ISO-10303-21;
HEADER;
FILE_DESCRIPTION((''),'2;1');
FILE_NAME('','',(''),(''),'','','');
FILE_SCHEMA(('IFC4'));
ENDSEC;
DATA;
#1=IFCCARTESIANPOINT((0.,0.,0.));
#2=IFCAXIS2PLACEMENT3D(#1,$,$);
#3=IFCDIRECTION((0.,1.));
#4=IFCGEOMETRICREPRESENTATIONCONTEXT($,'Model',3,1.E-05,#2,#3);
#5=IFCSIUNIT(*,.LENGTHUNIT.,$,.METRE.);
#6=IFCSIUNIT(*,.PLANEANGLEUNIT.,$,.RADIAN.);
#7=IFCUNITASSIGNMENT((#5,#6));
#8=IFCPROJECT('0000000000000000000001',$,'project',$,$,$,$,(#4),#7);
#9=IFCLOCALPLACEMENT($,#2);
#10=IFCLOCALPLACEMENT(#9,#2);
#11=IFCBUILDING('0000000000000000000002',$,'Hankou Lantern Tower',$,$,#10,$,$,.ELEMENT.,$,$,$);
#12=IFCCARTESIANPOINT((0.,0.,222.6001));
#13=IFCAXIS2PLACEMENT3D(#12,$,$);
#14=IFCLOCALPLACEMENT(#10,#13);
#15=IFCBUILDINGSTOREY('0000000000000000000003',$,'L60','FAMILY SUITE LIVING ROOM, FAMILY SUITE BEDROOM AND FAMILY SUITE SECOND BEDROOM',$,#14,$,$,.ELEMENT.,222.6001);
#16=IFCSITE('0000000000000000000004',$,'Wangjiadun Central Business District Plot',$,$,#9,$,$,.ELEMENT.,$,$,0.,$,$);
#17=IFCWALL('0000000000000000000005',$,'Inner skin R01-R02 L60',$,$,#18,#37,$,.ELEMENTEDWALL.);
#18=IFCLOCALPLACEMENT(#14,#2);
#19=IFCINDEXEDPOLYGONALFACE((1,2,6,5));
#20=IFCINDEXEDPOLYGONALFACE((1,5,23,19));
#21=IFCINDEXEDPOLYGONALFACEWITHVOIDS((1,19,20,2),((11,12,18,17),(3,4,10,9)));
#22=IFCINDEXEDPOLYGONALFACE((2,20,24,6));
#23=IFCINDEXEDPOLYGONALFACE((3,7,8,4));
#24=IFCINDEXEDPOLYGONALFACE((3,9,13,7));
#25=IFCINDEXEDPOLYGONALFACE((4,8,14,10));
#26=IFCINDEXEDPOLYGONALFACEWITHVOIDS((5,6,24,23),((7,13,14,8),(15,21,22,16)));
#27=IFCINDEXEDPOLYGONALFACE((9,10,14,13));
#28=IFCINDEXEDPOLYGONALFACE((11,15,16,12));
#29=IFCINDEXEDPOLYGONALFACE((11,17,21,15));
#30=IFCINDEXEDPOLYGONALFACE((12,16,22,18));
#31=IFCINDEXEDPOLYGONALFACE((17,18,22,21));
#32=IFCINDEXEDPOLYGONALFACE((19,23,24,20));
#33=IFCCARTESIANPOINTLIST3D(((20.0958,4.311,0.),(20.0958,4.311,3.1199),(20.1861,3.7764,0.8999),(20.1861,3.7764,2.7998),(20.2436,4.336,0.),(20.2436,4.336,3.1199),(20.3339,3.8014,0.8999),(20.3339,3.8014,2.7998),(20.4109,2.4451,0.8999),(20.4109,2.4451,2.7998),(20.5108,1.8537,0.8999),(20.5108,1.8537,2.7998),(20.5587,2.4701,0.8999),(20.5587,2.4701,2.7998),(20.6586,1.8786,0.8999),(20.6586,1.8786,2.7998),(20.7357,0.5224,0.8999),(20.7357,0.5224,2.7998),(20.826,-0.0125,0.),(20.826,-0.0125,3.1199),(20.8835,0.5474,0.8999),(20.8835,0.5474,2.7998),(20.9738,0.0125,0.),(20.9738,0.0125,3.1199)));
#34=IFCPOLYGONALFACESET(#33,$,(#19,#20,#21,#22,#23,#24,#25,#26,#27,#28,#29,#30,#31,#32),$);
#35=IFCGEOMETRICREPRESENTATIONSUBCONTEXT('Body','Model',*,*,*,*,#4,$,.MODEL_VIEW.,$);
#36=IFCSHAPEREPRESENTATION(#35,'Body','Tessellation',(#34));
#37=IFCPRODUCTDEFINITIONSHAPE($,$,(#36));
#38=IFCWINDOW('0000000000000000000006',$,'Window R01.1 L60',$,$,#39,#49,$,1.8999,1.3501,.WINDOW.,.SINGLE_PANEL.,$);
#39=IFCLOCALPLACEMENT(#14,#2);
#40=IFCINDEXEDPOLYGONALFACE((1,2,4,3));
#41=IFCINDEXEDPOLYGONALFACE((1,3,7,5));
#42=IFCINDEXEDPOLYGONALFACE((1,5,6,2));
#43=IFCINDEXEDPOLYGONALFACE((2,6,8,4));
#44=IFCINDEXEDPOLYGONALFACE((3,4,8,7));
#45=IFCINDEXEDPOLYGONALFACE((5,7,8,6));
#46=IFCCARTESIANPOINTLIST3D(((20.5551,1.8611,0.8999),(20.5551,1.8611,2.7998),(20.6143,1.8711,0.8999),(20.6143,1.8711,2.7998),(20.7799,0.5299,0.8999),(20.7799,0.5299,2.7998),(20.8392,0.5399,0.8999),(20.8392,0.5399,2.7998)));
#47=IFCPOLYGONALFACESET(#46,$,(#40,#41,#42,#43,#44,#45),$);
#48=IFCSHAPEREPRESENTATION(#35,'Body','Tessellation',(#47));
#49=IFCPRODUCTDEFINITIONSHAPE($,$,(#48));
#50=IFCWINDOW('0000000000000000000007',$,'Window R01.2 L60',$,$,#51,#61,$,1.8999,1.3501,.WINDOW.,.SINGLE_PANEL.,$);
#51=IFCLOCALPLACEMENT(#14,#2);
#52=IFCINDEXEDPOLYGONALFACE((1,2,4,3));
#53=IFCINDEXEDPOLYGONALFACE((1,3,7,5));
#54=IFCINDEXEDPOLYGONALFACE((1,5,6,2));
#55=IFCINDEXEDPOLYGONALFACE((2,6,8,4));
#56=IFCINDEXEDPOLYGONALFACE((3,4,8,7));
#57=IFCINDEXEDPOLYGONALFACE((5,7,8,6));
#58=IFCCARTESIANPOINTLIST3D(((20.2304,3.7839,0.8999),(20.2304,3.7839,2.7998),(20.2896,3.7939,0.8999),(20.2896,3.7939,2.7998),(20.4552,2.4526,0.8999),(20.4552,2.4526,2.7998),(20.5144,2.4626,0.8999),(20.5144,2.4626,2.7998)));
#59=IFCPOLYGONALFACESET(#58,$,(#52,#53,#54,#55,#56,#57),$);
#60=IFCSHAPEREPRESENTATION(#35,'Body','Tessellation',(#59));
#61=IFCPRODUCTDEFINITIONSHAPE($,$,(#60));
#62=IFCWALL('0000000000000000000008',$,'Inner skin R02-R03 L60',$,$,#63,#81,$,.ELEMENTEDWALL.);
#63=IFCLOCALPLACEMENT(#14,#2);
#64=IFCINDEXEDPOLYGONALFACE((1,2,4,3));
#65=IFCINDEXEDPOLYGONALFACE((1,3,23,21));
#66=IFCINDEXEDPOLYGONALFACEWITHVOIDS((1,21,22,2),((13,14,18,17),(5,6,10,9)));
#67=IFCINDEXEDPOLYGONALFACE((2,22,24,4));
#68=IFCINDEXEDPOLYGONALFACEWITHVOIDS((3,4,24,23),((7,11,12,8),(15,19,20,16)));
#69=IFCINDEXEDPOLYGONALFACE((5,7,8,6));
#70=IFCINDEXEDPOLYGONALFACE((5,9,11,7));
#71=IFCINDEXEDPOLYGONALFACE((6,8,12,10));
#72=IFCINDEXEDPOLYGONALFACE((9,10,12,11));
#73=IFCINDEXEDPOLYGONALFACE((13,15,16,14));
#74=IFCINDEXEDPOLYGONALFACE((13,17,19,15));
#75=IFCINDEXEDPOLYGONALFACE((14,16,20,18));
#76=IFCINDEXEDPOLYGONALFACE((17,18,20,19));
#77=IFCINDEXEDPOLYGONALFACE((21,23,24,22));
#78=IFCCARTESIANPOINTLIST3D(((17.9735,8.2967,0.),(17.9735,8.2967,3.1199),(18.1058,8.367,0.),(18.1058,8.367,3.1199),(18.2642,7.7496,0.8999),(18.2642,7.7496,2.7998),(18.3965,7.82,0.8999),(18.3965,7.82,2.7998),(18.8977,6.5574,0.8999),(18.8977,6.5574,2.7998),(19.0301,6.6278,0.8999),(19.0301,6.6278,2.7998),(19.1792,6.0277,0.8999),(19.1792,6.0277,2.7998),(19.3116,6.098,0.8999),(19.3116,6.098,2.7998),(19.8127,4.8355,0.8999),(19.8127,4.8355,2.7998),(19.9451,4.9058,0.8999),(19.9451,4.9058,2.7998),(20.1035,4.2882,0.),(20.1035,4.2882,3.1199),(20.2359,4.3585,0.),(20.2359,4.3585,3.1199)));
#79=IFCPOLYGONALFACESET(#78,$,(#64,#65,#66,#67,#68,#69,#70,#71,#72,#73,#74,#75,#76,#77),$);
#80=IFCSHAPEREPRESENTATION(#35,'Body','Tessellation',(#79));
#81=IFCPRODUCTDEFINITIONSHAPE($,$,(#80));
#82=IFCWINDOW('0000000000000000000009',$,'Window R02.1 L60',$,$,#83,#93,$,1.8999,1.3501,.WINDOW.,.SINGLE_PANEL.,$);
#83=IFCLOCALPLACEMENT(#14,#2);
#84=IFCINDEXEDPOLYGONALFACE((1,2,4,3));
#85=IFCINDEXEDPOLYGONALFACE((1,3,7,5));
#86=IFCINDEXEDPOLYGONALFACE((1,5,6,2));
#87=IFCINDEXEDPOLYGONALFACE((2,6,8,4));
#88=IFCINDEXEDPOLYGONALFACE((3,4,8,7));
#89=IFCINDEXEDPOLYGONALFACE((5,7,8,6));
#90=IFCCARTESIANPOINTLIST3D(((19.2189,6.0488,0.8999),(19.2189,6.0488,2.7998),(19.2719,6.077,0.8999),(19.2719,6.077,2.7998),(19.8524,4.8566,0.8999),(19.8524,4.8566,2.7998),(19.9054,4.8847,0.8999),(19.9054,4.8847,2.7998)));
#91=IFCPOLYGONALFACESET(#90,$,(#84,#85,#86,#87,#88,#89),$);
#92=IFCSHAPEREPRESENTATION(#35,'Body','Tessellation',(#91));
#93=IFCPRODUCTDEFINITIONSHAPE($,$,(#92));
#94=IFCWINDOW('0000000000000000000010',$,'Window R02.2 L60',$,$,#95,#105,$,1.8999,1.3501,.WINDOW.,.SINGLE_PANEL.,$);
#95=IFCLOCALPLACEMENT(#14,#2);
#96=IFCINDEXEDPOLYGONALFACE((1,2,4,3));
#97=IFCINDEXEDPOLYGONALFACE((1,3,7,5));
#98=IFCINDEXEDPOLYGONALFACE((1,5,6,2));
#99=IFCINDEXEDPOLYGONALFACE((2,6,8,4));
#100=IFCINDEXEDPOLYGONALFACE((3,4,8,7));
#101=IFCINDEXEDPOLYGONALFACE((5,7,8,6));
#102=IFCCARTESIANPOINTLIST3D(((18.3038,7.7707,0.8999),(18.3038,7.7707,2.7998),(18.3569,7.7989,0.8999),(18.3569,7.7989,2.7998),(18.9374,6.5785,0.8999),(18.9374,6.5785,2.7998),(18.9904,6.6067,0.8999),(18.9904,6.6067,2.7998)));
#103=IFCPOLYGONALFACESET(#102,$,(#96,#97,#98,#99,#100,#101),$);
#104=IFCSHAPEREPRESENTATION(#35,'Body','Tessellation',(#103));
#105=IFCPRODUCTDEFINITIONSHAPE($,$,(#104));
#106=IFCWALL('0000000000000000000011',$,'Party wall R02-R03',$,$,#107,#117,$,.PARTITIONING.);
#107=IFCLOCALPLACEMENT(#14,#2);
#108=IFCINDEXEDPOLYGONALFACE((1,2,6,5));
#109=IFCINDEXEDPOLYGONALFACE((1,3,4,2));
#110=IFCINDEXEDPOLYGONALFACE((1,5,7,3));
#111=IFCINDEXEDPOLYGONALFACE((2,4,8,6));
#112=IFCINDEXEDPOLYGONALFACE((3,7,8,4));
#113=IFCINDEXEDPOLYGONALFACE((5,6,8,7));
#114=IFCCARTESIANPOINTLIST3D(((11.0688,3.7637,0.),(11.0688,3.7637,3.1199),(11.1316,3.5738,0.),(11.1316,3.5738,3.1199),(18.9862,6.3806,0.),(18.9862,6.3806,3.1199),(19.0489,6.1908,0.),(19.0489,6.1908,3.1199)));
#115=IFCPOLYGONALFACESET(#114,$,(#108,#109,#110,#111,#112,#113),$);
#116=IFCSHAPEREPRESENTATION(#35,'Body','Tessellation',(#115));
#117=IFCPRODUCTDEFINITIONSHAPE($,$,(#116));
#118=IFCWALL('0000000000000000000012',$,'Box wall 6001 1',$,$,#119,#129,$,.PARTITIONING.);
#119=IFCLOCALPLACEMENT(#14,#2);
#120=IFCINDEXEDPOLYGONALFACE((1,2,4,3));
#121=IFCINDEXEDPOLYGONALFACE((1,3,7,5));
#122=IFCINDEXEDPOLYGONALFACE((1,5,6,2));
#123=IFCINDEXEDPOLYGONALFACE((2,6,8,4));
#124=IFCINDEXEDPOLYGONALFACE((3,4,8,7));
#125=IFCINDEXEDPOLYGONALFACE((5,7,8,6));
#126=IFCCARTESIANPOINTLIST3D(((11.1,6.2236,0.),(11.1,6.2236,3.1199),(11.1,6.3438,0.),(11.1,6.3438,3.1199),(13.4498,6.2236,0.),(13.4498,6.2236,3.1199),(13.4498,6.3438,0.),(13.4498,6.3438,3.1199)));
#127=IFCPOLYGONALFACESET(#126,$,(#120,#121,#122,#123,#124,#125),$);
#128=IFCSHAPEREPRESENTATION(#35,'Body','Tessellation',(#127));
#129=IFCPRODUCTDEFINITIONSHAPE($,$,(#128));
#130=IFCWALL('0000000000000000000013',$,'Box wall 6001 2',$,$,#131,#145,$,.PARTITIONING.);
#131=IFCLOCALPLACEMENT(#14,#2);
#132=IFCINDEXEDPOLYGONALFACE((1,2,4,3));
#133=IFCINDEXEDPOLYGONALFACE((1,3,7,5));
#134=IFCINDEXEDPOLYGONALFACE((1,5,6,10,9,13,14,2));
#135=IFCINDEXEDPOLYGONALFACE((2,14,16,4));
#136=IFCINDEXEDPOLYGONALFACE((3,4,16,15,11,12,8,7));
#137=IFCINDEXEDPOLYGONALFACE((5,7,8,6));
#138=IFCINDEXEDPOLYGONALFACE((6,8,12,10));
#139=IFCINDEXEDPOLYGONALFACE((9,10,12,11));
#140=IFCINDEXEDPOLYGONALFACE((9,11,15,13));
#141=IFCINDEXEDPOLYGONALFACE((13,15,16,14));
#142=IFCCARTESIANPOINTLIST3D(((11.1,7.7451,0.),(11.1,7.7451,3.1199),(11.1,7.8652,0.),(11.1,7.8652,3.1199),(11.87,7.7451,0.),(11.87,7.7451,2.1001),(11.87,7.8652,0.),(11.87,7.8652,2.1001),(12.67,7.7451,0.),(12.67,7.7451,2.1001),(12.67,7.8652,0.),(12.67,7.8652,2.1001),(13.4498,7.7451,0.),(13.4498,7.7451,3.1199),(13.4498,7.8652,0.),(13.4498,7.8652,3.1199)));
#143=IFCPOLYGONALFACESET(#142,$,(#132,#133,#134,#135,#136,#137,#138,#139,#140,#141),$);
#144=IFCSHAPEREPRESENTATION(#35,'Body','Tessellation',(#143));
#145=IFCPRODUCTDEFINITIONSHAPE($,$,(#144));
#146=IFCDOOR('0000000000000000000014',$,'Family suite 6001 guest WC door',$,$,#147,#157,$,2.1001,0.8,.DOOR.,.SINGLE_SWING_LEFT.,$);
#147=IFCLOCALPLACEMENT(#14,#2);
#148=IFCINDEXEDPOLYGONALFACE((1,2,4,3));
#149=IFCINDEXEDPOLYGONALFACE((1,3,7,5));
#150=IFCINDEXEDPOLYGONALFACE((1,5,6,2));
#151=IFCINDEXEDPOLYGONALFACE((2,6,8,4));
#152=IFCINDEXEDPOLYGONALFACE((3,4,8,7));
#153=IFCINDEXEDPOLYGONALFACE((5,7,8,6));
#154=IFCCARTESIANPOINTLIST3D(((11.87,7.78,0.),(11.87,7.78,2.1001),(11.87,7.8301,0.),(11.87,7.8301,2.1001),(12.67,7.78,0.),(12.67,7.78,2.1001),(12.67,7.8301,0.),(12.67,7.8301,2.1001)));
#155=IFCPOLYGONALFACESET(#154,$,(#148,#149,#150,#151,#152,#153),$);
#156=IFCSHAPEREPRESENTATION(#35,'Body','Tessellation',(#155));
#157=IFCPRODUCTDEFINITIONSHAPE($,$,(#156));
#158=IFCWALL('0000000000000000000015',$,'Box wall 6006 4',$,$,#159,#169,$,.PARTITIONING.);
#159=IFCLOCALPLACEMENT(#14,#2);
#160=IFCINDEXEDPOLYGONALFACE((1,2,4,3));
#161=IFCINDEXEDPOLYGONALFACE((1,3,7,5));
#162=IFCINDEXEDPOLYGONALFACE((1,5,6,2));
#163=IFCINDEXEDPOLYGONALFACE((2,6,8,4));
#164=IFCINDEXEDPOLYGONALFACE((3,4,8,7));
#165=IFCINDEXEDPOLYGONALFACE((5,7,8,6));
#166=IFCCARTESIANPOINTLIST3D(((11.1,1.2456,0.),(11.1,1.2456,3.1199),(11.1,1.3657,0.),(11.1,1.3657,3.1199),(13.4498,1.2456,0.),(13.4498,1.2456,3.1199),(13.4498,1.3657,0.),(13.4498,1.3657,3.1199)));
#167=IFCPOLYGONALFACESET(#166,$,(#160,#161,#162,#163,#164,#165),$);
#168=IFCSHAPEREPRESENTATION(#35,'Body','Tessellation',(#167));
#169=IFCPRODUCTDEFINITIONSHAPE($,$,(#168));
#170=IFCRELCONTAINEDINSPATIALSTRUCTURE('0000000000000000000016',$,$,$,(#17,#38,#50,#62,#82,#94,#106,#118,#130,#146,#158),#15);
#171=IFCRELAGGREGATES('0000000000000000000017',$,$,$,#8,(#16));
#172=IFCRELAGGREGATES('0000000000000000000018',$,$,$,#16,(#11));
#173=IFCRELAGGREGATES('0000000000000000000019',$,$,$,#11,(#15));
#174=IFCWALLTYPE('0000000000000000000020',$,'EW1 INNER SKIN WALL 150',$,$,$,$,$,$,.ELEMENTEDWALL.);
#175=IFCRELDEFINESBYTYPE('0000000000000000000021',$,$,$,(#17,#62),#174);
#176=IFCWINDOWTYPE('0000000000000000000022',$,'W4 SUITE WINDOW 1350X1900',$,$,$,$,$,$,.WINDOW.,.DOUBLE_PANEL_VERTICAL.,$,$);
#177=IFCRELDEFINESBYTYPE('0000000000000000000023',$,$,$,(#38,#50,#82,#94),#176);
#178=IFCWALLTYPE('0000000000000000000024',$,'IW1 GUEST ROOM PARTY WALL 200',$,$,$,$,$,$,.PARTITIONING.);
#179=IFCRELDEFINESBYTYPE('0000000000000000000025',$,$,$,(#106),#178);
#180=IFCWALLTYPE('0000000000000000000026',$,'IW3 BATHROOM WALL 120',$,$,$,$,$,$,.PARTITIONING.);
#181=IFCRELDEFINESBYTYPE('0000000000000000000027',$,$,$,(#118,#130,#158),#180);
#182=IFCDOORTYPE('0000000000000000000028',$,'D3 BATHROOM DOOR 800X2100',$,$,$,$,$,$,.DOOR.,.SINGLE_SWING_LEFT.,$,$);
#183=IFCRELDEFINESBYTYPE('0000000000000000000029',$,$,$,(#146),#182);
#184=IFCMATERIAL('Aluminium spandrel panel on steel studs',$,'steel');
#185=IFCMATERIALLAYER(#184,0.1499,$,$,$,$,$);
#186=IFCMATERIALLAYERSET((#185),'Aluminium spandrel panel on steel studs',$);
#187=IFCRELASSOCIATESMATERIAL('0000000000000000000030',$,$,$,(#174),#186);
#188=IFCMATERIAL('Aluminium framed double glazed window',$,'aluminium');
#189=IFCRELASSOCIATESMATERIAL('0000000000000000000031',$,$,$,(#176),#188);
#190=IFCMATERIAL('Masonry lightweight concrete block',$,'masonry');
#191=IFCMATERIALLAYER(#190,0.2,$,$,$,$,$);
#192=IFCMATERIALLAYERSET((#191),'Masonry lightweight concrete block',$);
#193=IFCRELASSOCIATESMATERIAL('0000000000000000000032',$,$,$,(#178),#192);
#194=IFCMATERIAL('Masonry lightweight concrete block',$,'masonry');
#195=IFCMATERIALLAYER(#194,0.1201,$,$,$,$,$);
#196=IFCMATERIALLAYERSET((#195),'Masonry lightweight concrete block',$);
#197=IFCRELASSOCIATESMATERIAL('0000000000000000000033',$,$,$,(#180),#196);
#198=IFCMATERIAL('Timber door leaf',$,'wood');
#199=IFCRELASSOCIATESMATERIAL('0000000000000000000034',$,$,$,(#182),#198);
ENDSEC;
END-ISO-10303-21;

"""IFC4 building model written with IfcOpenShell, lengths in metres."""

from ifc_helpers import new_model, si_unit, direction, frame, frame_2d, origin, place, context, subcontext, project, spatial, rectangle, extrude, material, layer, layer_set, type_object, element, fill, save


model = new_model("IFC4")

# Units and contexts
model_context = context("Model", 3, precision=1e-05, world=origin(), true_north=direction((0.0, 1.0)))
body_context = subcontext(model_context, "Body", "Model", "MODEL_VIEW")
ifc_project = project(units=[si_unit("LENGTHUNIT", "METRE"), si_unit("PLANEANGLEUNIT", "RADIAN")], contexts=[model_context])

# Site, building, storey
site_placement = place(None, origin())
site = spatial("IfcSite", under=ifc_project, at=site_placement, Name="Wangjiadun Central Business District Plot", CompositionType="ELEMENT", RefElevation=0.0)
building_placement = place(site_placement, origin())
building = spatial("IfcBuilding", under=site, at=building_placement, Name="Hankou Lantern Tower", CompositionType="ELEMENT")
storey_placement = place(building_placement, frame((0.0, 0.0, 222.6001)))
storey = spatial("IfcBuildingStorey", under=building, at=storey_placement, Name="L60", Description="FAMILY SUITE LIVING ROOM, FAMILY SUITE BEDROOM AND FAMILY SUITE SECOND BEDROOM", CompositionType="ELEMENT", Elevation=222.6001)

# Walls, openings, windows
ifc_material_1 = material(Name="Aluminium spandrel panel on steel studs", Category="steel")
ifc_layer_1 = layer(ifc_material_1, 0.1499)
ifc_layer_set_1 = layer_set([ifc_layer_1], Name="Aluminium spandrel panel on steel studs")
wall_type_1 = type_object("IfcWallType", Name="EW1 INNER SKIN WALL 150", PredefinedType="ELEMENTEDWALL", material=ifc_layer_set_1)
wall_1_placement = place(storey_placement, frame((20.8999, 0.0, 0.0), z_axis=(0.0, 0.0, 1.0), x_axis=(-0.166539, 0.986035, 0.0)))
wall_1 = element("IfcWall", 1, at=wall_1_placement, inside=storey, type_object=wall_type_1, Name="Inner skin R01-R02 L60", PredefinedType="ELEMENTEDWALL", context=body_context, shape_type="SweptSolid", body=[
    extrude(rectangle(XDim=4.3848, YDim=0.1499, at=frame_2d((2.1924, 0.0))), origin(), (0.0, 0.0, 1.0), 3.1199),
])
opening_1_placement = place(wall_1_placement, frame((0.5425, 0.0, 0.8999)))
opening_1 = element("IfcOpeningElement", 2, at=opening_1_placement, cuts=wall_1, PredefinedType="OPENING", context=body_context, shape_type="SweptSolid", body=[
    extrude(rectangle(XDim=1.3501, YDim=1.8999, at=frame_2d((0.675, 0.95))), frame((0.0, 0.085, 0.0), z_axis=(0.0, -1.0, 0.0), x_axis=(1.0, 0.0, 0.0)), (0.0, 0.0, 1.0), 0.1699),
])
opening_2_placement = place(wall_1_placement, frame((2.4924, 0.0, 0.8999)))
opening_2 = element("IfcOpeningElement", 3, at=opening_2_placement, cuts=wall_1, PredefinedType="OPENING", context=body_context, shape_type="SweptSolid", body=[
    extrude(rectangle(XDim=1.3501, YDim=1.8999, at=frame_2d((0.675, 0.95))), frame((0.0, 0.085, 0.0), z_axis=(0.0, -1.0, 0.0), x_axis=(1.0, 0.0, 0.0)), (0.0, 0.0, 1.0), 0.1699),
])
ifc_material_2 = material(Name="Aluminium framed double glazed window", Category="aluminium")
window_type = type_object("IfcWindowType", Name="W4 SUITE WINDOW 1350X1900", PartitioningType="DOUBLE_PANEL_VERTICAL", PredefinedType="WINDOW", material=ifc_material_2)
window_1_placement = place(opening_1_placement, origin())
window_1 = element("IfcWindow", 4, at=window_1_placement, inside=storey, type_object=window_type, Name="Window R01.1 L60", OverallHeight=1.8999, OverallWidth=1.3501, PartitioningType="SINGLE_PANEL", PredefinedType="WINDOW", context=body_context, shape_type="SweptSolid", body=[
    extrude(rectangle(XDim=1.3501, YDim=1.8999, at=frame_2d((0.675, 0.95))), frame((0.0, 0.03, 0.0), z_axis=(0.0, -1.0, 0.0), x_axis=(1.0, 0.0, 0.0)), (0.0, 0.0, 1.0), 0.0601),
])
fill(opening_1, window_1)
window_2_placement = place(opening_2_placement, origin())
window_2 = element("IfcWindow", 5, at=window_2_placement, inside=storey, type_object=window_type, Name="Window R01.2 L60", OverallHeight=1.8999, OverallWidth=1.3501, PartitioningType="SINGLE_PANEL", PredefinedType="WINDOW", context=body_context, shape_type="SweptSolid", body=[
    extrude(rectangle(XDim=1.3501, YDim=1.8999, at=frame_2d((0.675, 0.95))), frame((0.0, 0.03, 0.0), z_axis=(0.0, -1.0, 0.0), x_axis=(1.0, 0.0, 0.0)), (0.0, 0.0, 1.0), 0.0601),
])
fill(opening_2, window_2)
wall_2_placement = place(storey_placement, frame((20.1697, 4.3235, 0.0), z_axis=(0.0, 0.0, 1.0), x_axis=(-0.469256, 0.883062, 0.0)))
wall_2 = element("IfcWall", 6, at=wall_2_placement, inside=storey, type_object=wall_type_1, Name="Inner skin R02-R03 L60", PredefinedType="ELEMENTEDWALL", context=body_context, shape_type="SweptSolid", body=[
    extrude(rectangle(XDim=4.5393, YDim=0.1499, at=frame_2d((2.2695, 0.0))), origin(), (0.0, 0.0, 1.0), 3.1199),
])
opening_3_placement = place(wall_2_placement, frame((0.6196, 0.0, 0.8999)))
opening_3 = element("IfcOpeningElement", 7, at=opening_3_placement, cuts=wall_2, PredefinedType="OPENING", context=body_context, shape_type="SweptSolid", body=[
    extrude(rectangle(XDim=1.3501, YDim=1.8999, at=frame_2d((0.675, 0.95))), frame((0.0, 0.085, 0.0), z_axis=(0.0, -1.0, 0.0), x_axis=(1.0, 0.0, 0.0)), (0.0, 0.0, 1.0), 0.1699),
])
opening_4_placement = place(wall_2_placement, frame((2.5696, 0.0, 0.8999)))
opening_4 = element("IfcOpeningElement", 8, at=opening_4_placement, cuts=wall_2, PredefinedType="OPENING", context=body_context, shape_type="SweptSolid", body=[
    extrude(rectangle(XDim=1.3501, YDim=1.8999, at=frame_2d((0.675, 0.95))), frame((0.0, 0.085, 0.0), z_axis=(0.0, -1.0, 0.0), x_axis=(1.0, 0.0, 0.0)), (0.0, 0.0, 1.0), 0.1699),
])
window_3_placement = place(opening_3_placement, origin())
window_3 = element("IfcWindow", 9, at=window_3_placement, inside=storey, type_object=window_type, Name="Window R02.1 L60", OverallHeight=1.8999, OverallWidth=1.3501, PartitioningType="SINGLE_PANEL", PredefinedType="WINDOW", context=body_context, shape_type="SweptSolid", body=[
    extrude(rectangle(XDim=1.3501, YDim=1.8999, at=frame_2d((0.675, 0.95))), frame((0.0, 0.03, 0.0), z_axis=(0.0, -1.0, 0.0), x_axis=(1.0, 0.0, 0.0)), (0.0, 0.0, 1.0), 0.0601),
])
fill(opening_3, window_3)
window_4_placement = place(opening_4_placement, origin())
window_4 = element("IfcWindow", 10, at=window_4_placement, inside=storey, type_object=window_type, Name="Window R02.2 L60", OverallHeight=1.8999, OverallWidth=1.3501, PartitioningType="SINGLE_PANEL", PredefinedType="WINDOW", context=body_context, shape_type="SweptSolid", body=[
    extrude(rectangle(XDim=1.3501, YDim=1.8999, at=frame_2d((0.675, 0.95))), frame((0.0, 0.03, 0.0), z_axis=(0.0, -1.0, 0.0), x_axis=(1.0, 0.0, 0.0)), (0.0, 0.0, 1.0), 0.0601),
])
fill(opening_4, window_4)

# Walls
ifc_material_3 = material(Name="Masonry lightweight concrete block", Category="masonry")
ifc_layer_2 = layer(ifc_material_3, 0.2)
ifc_layer_set_2 = layer_set([ifc_layer_2], Name="Masonry lightweight concrete block")
wall_type_2 = type_object("IfcWallType", Name="IW1 GUEST ROOM PARTY WALL 200", PredefinedType="PARTITIONING", material=ifc_layer_set_2)
wall_3_placement = place(storey_placement, frame((11.1001, 3.6687, 0.0), z_axis=(0.0, 0.0, 1.0), x_axis=(0.949477, 0.313838, 0.0)))
element("IfcWall", 11, at=wall_3_placement, inside=storey, type_object=wall_type_2, Name="Party wall R02-R03", PredefinedType="PARTITIONING", context=body_context, shape_type="SweptSolid", body=[
    extrude(rectangle(XDim=8.3386, YDim=0.2, at=frame_2d((4.1694, 0.0))), origin(), (0.0, 0.0, 1.0), 3.1199),
])
ifc_material_4 = material(Name="Masonry lightweight concrete block", Category="masonry")
ifc_layer_3 = layer(ifc_material_4, 0.1201)
ifc_layer_set_3 = layer_set([ifc_layer_3], Name="Masonry lightweight concrete block")
wall_type_3 = type_object("IfcWallType", Name="IW3 BATHROOM WALL 120", PredefinedType="PARTITIONING", material=ifc_layer_set_3)
wall_4_placement = place(storey_placement, frame((11.1001, 6.2837, 0.0), z_axis=(0.0, 0.0, 1.0), x_axis=(1.0, 0.0, 0.0)))
element("IfcWall", 12, at=wall_4_placement, inside=storey, type_object=wall_type_3, Name="Box wall 6001 1", PredefinedType="PARTITIONING", context=body_context, shape_type="SweptSolid", body=[
    extrude(rectangle(XDim=2.3499, YDim=0.1201, at=frame_2d((1.1748, 0.0))), origin(), (0.0, 0.0, 1.0), 3.1199),
])

# Wall, opening, door
wall_5_placement = place(storey_placement, frame((11.1001, 7.8052, 0.0), z_axis=(0.0, 0.0, 1.0), x_axis=(1.0, 0.0, 0.0)))
wall_5 = element("IfcWall", 13, at=wall_5_placement, inside=storey, type_object=wall_type_3, Name="Box wall 6001 2", PredefinedType="PARTITIONING", context=body_context, shape_type="SweptSolid", body=[
    extrude(rectangle(XDim=2.3499, YDim=0.1201, at=frame_2d((1.1748, 0.0))), origin(), (0.0, 0.0, 1.0), 3.1199),
])
opening_5_placement = place(wall_5_placement, frame((0.77, 0.0, 0.0)))
opening_5 = element("IfcOpeningElement", 14, at=opening_5_placement, cuts=wall_5, PredefinedType="OPENING", context=body_context, shape_type="SweptSolid", body=[
    extrude(rectangle(XDim=0.8, YDim=2.1001, at=frame_2d((0.3999, 1.05))), frame((0.0, 0.0701, 0.0), z_axis=(0.0, -1.0, 0.0), x_axis=(1.0, 0.0, 0.0)), (0.0, 0.0, 1.0), 0.1401),
])
ifc_material_5 = material(Name="Timber door leaf", Category="wood")
door_type_1 = type_object("IfcDoorType", Name="D3 BATHROOM DOOR 800X2100", OperationType="SINGLE_SWING_LEFT", PredefinedType="DOOR", material=ifc_material_5)
door_1_placement = place(opening_5_placement, origin())
door_1 = element("IfcDoor", 15, at=door_1_placement, inside=storey, type_object=door_type_1, Name="Family suite 6001 guest WC door", OperationType="SINGLE_SWING_LEFT", OverallHeight=2.1001, OverallWidth=0.8, PredefinedType="DOOR", context=body_context, shape_type="SweptSolid", body=[
    extrude(rectangle(XDim=0.8, YDim=2.1001, at=frame_2d((0.3999, 1.05))), frame((0.0, 0.0249, 0.0), z_axis=(0.0, -1.0, 0.0), x_axis=(1.0, 0.0, 0.0)), (0.0, 0.0, 1.0), 0.05),
])
fill(opening_5, door_1)

# Wall
wall_6_placement = place(storey_placement, frame((11.1001, 1.3057, 0.0), z_axis=(0.0, 0.0, 1.0), x_axis=(1.0, 0.0, 0.0)))
element("IfcWall", 16, at=wall_6_placement, inside=storey, type_object=wall_type_3, Name="Box wall 6006 4", PredefinedType="PARTITIONING", context=body_context, shape_type="SweptSolid", body=[
    extrude(rectangle(XDim=2.3499, YDim=0.1201, at=frame_2d((1.1748, 0.0))), origin(), (0.0, 0.0, 1.0), 3.1199),
])

save(model, "model.ifc")
